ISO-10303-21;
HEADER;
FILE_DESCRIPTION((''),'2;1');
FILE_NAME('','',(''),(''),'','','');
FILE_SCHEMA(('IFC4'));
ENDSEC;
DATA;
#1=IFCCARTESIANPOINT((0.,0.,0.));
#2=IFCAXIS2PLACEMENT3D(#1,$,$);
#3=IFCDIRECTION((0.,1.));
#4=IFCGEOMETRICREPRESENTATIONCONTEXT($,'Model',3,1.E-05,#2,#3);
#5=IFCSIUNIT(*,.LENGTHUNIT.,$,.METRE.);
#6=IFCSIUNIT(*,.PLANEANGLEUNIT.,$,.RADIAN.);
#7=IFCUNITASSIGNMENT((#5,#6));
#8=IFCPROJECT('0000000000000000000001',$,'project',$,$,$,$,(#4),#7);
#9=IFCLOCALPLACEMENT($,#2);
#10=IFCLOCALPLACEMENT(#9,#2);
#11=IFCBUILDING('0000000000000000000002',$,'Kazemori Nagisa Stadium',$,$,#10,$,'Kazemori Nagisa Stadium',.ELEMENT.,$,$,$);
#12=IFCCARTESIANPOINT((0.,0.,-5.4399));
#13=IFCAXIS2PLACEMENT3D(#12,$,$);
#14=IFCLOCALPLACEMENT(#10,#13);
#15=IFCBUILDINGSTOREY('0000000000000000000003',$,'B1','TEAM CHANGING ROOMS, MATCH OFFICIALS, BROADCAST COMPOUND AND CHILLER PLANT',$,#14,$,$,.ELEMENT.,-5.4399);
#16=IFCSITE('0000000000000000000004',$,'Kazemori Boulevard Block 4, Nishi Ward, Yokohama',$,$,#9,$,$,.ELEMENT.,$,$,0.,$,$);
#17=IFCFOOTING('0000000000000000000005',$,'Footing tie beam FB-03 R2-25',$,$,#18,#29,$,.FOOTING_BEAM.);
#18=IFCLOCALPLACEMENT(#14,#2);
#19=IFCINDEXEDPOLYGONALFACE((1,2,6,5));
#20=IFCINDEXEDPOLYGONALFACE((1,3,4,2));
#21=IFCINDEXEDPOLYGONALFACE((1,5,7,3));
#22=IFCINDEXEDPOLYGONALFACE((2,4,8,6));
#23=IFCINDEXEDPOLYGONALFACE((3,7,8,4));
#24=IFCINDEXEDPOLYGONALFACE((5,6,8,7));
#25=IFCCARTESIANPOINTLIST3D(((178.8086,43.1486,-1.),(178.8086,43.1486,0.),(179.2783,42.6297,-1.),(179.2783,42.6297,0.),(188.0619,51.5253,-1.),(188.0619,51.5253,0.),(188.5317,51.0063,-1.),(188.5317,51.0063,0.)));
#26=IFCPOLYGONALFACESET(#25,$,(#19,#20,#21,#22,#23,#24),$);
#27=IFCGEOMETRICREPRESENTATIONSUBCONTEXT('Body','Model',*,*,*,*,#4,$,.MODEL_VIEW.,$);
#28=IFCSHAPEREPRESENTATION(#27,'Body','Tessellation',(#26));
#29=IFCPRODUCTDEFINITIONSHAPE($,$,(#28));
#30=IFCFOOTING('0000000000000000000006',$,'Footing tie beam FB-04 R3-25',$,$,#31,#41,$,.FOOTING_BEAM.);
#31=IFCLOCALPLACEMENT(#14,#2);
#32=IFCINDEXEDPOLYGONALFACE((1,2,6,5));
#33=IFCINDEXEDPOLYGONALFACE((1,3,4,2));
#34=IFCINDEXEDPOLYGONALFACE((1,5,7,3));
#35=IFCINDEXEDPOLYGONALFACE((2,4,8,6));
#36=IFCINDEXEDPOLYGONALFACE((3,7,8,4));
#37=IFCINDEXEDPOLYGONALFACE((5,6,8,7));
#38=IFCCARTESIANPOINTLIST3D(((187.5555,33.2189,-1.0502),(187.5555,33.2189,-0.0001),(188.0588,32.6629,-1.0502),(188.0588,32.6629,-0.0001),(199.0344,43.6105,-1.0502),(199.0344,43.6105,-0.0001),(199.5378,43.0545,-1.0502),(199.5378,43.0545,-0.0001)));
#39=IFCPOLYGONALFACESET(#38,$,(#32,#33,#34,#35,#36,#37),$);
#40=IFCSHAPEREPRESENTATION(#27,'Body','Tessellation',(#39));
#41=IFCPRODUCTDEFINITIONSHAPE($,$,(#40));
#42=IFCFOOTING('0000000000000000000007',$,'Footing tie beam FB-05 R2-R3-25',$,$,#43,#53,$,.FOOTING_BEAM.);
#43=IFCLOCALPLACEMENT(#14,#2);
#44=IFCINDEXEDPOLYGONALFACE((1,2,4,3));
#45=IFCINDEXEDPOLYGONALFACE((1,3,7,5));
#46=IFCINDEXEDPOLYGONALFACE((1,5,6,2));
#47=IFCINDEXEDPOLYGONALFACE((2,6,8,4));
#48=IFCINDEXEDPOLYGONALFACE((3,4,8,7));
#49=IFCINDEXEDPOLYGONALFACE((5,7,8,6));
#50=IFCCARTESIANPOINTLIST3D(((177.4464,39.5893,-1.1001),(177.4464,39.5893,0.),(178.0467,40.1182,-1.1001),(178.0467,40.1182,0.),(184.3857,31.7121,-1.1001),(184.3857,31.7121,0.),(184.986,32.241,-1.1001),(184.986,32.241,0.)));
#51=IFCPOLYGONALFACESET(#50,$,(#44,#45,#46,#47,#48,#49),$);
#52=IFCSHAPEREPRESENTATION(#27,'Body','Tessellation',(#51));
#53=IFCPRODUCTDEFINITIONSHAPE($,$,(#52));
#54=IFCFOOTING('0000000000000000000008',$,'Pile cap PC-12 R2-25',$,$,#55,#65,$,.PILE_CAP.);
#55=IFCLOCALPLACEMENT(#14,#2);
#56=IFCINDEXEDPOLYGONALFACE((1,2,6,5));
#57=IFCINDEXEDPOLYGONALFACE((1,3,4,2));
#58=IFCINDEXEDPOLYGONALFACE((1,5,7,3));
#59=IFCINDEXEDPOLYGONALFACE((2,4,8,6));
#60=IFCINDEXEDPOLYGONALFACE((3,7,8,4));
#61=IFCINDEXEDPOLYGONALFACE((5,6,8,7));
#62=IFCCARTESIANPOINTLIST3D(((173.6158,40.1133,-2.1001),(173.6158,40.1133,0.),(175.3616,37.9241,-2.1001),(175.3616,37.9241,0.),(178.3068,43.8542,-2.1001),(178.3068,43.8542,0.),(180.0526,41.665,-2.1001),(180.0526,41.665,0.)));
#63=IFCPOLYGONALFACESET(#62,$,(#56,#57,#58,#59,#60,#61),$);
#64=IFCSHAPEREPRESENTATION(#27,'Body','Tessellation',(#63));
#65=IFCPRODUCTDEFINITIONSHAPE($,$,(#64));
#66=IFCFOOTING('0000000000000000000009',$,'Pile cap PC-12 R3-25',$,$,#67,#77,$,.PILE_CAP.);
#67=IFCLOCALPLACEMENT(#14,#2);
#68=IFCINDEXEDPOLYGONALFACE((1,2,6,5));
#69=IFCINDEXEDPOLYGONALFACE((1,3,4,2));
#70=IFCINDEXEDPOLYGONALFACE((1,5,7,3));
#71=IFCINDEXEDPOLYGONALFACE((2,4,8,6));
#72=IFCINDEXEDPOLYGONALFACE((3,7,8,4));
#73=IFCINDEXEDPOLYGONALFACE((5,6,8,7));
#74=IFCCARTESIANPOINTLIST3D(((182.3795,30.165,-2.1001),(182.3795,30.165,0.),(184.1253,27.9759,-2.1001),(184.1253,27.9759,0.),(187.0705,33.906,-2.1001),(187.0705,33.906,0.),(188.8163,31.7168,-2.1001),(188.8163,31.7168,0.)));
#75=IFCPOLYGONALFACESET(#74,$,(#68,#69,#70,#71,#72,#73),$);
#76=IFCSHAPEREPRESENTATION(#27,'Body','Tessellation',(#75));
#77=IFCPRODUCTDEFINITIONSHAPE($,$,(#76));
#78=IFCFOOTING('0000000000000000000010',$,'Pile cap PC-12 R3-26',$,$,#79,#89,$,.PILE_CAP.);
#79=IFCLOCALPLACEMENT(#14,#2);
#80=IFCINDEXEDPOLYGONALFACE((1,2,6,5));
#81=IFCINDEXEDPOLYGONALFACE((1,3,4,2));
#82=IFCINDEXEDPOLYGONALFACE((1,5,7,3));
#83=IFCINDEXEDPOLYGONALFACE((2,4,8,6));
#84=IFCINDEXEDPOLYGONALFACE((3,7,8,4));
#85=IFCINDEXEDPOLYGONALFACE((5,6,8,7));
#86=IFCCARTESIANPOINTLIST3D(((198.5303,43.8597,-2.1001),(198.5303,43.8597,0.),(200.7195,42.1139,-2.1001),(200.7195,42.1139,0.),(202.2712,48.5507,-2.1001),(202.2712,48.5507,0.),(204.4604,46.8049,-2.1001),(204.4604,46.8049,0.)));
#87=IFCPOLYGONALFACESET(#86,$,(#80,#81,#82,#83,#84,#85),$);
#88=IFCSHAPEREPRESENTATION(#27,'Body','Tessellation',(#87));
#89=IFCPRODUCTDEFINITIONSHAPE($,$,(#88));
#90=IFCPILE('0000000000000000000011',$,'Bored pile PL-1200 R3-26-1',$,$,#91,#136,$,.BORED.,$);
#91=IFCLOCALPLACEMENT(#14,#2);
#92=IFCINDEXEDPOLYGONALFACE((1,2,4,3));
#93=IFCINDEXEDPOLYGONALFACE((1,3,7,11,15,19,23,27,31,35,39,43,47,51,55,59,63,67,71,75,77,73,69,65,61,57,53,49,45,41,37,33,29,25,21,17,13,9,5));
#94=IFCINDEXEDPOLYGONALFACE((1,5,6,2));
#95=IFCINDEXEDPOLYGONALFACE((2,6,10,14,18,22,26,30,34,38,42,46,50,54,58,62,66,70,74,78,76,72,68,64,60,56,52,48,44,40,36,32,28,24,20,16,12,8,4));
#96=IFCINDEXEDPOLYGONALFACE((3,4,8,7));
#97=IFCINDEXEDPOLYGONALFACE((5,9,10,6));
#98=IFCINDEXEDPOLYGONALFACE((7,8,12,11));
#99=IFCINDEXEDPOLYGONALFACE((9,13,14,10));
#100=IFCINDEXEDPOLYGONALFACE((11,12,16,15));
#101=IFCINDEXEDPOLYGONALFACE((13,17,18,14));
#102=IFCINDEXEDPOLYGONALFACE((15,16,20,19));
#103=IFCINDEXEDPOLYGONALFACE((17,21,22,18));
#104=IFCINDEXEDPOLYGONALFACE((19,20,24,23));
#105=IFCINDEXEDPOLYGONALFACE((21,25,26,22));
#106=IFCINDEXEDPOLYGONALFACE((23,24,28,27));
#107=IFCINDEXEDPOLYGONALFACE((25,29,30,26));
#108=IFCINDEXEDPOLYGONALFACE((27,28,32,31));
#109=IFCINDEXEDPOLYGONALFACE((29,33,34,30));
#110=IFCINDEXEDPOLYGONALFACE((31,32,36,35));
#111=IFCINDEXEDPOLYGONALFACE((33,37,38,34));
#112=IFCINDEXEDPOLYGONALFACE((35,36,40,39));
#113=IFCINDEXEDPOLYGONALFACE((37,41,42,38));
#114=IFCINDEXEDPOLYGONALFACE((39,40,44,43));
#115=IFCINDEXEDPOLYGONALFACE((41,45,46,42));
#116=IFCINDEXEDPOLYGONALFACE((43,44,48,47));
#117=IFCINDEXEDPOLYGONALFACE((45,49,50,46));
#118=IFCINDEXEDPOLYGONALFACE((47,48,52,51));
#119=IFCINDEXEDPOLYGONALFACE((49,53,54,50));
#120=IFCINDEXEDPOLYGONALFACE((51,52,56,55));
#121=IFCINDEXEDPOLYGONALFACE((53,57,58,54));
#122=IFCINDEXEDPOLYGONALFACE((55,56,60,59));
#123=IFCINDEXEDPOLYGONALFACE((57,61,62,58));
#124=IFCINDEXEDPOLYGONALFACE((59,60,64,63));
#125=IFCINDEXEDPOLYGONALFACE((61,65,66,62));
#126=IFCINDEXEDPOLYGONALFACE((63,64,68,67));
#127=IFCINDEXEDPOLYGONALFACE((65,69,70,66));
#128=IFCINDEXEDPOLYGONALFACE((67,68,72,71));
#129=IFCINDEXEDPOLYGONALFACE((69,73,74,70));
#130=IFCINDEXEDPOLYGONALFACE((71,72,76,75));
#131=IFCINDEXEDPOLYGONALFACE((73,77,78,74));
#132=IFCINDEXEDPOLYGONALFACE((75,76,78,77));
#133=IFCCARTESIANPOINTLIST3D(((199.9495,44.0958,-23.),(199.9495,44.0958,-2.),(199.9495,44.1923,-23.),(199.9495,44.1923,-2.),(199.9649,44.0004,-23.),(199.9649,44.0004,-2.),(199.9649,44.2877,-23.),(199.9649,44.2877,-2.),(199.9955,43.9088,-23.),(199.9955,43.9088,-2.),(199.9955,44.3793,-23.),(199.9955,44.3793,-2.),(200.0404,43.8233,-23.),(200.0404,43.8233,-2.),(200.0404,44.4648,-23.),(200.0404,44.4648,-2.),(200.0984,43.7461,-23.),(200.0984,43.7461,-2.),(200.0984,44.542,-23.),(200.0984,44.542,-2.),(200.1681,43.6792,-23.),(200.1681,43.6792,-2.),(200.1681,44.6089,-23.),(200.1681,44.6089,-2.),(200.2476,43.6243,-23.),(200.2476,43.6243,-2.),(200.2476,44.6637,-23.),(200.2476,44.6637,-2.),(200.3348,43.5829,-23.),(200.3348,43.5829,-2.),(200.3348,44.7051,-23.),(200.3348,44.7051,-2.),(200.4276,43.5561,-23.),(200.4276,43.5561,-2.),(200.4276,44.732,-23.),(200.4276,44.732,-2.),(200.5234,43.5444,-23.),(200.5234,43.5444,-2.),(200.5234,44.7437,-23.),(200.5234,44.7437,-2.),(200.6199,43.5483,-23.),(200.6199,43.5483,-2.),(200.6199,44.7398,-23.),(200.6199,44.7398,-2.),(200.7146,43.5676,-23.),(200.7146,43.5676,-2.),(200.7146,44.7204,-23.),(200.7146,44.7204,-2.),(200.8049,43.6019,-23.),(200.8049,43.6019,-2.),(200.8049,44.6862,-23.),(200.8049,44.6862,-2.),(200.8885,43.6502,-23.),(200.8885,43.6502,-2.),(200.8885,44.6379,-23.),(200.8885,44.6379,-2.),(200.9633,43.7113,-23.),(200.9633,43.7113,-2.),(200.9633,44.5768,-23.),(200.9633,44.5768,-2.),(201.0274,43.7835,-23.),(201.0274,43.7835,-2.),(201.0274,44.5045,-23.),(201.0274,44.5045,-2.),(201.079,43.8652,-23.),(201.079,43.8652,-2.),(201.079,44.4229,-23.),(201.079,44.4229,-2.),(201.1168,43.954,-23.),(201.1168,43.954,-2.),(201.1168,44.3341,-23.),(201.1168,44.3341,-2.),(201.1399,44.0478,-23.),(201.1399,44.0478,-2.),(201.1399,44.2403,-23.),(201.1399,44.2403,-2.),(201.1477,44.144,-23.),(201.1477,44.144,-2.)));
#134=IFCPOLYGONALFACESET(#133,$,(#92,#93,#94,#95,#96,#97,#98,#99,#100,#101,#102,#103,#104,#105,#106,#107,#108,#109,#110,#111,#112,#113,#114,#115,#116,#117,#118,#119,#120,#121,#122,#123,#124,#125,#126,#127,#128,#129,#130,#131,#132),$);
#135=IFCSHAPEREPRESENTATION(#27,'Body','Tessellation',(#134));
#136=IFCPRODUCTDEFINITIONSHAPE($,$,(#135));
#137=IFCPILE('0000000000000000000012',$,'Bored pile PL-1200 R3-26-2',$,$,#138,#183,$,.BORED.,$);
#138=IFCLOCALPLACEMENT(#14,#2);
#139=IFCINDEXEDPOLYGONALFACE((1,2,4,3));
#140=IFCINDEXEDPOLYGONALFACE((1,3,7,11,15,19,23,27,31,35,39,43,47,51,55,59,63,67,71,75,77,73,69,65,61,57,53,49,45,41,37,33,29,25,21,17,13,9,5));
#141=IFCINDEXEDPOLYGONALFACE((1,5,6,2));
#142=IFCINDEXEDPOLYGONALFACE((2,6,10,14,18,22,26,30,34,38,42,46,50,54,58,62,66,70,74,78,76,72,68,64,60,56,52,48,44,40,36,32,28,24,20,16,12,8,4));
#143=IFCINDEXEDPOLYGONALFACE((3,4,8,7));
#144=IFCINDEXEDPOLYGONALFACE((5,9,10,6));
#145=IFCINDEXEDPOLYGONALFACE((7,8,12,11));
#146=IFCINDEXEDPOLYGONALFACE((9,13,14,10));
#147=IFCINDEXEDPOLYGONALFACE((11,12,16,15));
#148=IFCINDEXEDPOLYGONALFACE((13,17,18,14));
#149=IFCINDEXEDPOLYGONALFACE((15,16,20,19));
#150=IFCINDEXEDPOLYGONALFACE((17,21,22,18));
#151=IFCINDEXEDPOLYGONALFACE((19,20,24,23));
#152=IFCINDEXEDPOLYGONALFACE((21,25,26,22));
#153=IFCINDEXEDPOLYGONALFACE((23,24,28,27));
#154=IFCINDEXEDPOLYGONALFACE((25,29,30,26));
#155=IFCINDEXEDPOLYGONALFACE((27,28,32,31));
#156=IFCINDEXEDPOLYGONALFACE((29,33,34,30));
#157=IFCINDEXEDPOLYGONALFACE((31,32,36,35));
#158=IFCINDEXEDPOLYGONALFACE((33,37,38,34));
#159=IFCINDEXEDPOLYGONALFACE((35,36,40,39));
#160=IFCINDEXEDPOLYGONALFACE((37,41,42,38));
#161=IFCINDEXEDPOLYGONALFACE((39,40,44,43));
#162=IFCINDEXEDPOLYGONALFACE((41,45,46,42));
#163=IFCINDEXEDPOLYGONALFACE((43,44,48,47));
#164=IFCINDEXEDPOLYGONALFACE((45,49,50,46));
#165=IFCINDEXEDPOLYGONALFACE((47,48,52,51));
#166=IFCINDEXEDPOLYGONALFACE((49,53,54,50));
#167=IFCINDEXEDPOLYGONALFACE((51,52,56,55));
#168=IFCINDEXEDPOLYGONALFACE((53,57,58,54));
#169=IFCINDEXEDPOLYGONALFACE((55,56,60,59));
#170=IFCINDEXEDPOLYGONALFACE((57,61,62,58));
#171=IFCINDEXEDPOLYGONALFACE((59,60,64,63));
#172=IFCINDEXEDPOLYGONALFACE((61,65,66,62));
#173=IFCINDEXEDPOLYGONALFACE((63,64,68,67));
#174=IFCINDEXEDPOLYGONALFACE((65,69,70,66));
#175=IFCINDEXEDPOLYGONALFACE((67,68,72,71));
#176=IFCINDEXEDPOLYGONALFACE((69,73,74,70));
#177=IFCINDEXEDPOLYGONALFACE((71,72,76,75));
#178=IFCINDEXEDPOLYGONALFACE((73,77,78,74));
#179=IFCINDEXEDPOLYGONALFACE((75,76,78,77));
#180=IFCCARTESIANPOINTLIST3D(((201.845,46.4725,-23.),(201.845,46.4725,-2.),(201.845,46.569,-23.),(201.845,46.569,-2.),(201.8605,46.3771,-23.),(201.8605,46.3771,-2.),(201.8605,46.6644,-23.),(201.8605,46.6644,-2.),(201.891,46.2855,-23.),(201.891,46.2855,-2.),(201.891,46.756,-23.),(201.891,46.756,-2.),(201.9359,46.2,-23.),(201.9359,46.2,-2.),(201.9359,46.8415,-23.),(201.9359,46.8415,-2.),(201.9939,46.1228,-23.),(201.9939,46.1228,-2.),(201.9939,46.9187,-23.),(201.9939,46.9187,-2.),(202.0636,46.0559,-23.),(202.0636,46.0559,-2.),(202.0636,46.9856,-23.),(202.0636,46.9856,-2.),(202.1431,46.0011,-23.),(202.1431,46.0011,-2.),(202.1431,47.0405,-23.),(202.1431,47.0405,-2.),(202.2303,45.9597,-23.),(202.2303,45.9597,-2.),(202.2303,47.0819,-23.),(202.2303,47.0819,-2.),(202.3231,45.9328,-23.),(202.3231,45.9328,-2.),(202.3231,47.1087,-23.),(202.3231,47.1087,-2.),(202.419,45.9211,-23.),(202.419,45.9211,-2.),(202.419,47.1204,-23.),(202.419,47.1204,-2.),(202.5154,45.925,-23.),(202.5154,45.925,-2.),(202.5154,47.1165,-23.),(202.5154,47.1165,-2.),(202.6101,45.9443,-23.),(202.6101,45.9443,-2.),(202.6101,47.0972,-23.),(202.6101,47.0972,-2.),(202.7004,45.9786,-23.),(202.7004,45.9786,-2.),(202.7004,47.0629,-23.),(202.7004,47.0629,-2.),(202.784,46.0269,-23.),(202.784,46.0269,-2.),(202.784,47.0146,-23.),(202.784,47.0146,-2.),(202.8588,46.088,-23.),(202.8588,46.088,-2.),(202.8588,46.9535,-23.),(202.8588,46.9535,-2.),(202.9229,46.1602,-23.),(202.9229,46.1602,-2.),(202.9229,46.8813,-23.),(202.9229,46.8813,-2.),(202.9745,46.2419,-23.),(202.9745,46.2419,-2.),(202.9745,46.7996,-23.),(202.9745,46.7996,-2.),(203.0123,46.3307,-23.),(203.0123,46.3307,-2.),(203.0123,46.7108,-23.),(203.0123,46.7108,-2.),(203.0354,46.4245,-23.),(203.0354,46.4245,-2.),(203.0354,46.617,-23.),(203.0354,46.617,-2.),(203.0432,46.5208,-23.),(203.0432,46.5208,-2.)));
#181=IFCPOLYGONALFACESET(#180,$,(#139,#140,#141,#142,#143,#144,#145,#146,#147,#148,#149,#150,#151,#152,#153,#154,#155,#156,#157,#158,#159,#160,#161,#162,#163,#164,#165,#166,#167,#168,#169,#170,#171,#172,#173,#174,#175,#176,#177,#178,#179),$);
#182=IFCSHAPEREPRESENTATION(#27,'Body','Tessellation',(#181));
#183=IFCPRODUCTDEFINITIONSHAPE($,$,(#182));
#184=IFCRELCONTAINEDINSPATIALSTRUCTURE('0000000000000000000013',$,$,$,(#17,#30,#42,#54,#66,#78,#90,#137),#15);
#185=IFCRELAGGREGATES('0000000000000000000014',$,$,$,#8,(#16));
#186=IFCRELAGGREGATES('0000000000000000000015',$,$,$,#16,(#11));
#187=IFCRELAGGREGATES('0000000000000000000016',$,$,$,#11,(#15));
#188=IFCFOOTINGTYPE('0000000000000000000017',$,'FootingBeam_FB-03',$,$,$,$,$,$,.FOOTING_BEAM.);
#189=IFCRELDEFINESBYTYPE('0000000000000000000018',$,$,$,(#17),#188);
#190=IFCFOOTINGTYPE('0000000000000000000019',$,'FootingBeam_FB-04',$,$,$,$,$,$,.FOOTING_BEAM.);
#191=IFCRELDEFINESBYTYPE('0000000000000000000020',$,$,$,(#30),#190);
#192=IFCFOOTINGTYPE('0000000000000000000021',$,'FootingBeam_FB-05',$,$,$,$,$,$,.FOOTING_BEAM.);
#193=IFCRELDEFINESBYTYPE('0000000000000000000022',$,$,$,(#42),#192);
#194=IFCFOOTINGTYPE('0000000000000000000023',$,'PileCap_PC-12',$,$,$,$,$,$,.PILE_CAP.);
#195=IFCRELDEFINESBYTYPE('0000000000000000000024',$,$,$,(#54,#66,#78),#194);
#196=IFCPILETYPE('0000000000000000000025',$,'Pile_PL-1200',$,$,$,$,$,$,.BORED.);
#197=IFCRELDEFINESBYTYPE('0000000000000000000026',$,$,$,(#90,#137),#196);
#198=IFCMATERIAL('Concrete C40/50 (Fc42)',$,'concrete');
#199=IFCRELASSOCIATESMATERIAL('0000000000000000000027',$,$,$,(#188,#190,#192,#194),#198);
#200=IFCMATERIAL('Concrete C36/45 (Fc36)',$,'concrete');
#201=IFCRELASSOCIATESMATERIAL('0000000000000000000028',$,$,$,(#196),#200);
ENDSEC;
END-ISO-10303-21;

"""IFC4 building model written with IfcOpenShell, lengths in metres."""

from ifc_helpers import new_model, si_unit, direction, frame, origin, origin_2d, place, context, subcontext, project, spatial, rectangle, circle, extrude, material, material_profile, profile_set, type_object, element, save


model = new_model("IFC4")

# Units and contexts
model_context = context("Model", 3, precision=1e-05, world=origin(), true_north=direction((0.0, 1.0)))
body_context = subcontext(model_context, "Body", "Model", "MODEL_VIEW")
ifc_project = project(units=[si_unit("LENGTHUNIT", "METRE"), si_unit("PLANEANGLEUNIT", "RADIAN")], contexts=[model_context])

# Site, building, storey
site_placement = place(None, origin())
site = spatial("IfcSite", under=ifc_project, at=site_placement, Name="Kazemori Boulevard Block 4, Nishi Ward, Yokohama", CompositionType="ELEMENT", RefElevation=0.0)
building_placement = place(site_placement, origin())
building = spatial("IfcBuilding", under=site, at=building_placement, Name="Kazemori Nagisa Stadium", LongName="Kazemori Nagisa Stadium", CompositionType="ELEMENT")
storey_placement = place(building_placement, frame((0.0, 0.0, -5.4399)))
storey = spatial("IfcBuildingStorey", under=building, at=storey_placement, Name="B1", Description="TEAM CHANGING ROOMS, MATCH OFFICIALS, BROADCAST COMPOUND AND CHILLER PLANT", CompositionType="ELEMENT", Elevation=-5.4399)

# Footings
ifc_material_1 = material(Name="Concrete C40/50 (Fc42)", Category="concrete")
ifc_material_profile_1 = material_profile(ifc_material_1, rectangle(XDim=0.7, YDim=1.0, at=origin_2d()), Name="RC-FB-700x1000")
ifc_profile_set_1 = profile_set([ifc_material_profile_1], Name="Concrete C40/50 (Fc42)")
footing_type_1 = type_object("IfcFootingType", Name="FootingBeam_FB-03", PredefinedType="FOOTING_BEAM", material=ifc_profile_set_1)
footing_1_placement = place(storey_placement, frame((179.0435, 42.8892, -0.5), z_axis=(0.741354, 0.671115, 0.0), x_axis=(-0.671115, 0.741354, 0.0)))
element("IfcFooting", 1, at=footing_1_placement, inside=storey, type_object=footing_type_1, Name="Footing tie beam FB-03 R2-25", PredefinedType="FOOTING_BEAM", context=body_context, shape_type="SweptSolid", body=[
    extrude(rectangle(XDim=0.7, YDim=1.0, at=origin_2d()), origin(), (0.0, 0.0, 1.0), 12.4817),
])
ifc_material_profile_2 = material_profile(ifc_material_1, rectangle(XDim=0.75, YDim=1.05, at=origin_2d()), Name="RC-FB-750x1050")
ifc_profile_set_2 = profile_set([ifc_material_profile_2], Name="Concrete C40/50 (Fc42)")
footing_type_2 = type_object("IfcFootingType", Name="FootingBeam_FB-04", PredefinedType="FOOTING_BEAM", material=ifc_profile_set_2)
footing_2_placement = place(storey_placement, frame((187.8071, 32.9409, -0.5251), z_axis=(0.741348, 0.671121, 0.0), x_axis=(-0.671121, 0.741348, 0.0)))
element("IfcFooting", 2, at=footing_2_placement, inside=storey, type_object=footing_type_2, Name="Footing tie beam FB-04 R3-25", PredefinedType="FOOTING_BEAM", context=body_context, shape_type="SweptSolid", body=[
    extrude(rectangle(XDim=0.75, YDim=1.05, at=origin_2d()), origin(), (0.0, 0.0, 1.0), 15.4839),
])
ifc_material_profile_3 = material_profile(ifc_material_1, rectangle(XDim=0.8, YDim=1.1001, at=origin_2d()), Name="RC-FB-800x1100")
ifc_profile_set_3 = profile_set([ifc_material_profile_3], Name="Concrete C40/50 (Fc42)")
footing_type_3 = type_object("IfcFootingType", Name="FootingBeam_FB-05", PredefinedType="FOOTING_BEAM", material=ifc_profile_set_3)
footing_3_placement = place(storey_placement, frame((177.7466, 39.8538, -0.55), z_axis=(0.661018, -0.75037, 0.0), x_axis=(0.75037, 0.661018, 0.0)))
element("IfcFooting", 3, at=footing_3_placement, inside=storey, type_object=footing_type_3, Name="Footing tie beam FB-05 R2-R3-25", PredefinedType="FOOTING_BEAM", context=body_context, shape_type="SweptSolid", body=[
    extrude(rectangle(XDim=0.8, YDim=1.1001, at=origin_2d()), origin(), (0.0, 0.0, 1.0), 10.4978),
])
footing_type_4 = type_object("IfcFootingType", Name="PileCap_PC-12", PredefinedType="PILE_CAP", material=ifc_material_1)
for number, where, z_axis, x_axis, name in (
    (4, (176.8342, 40.8892, -2.1001), (0.0, 0.0, 1.0), (0.781831, 0.62349, 0.0), "Pile cap PC-12 R2-25"),
    (5, (185.5979, 30.9409, -2.1001), (0.0, 0.0, 1.0), (0.781831, 0.62349, 0.0), "Pile cap PC-12 R3-25"),
    (6, (201.4954, 45.3323, -2.1001), (0.0, 0.0, 1.0), (0.62349, 0.781831, 0.0), "Pile cap PC-12 R3-26"),
):
    element("IfcFooting", number, at=place(storey_placement, frame(where, z_axis=z_axis, x_axis=x_axis)), inside=storey, type_object=footing_type_4, Name=name, PredefinedType="PILE_CAP", context=body_context, shape_type="SweptSolid", body=[
        extrude(rectangle(XDim=6.0, YDim=2.8, at=origin_2d()), origin(), (0.0, 0.0, 1.0), 2.1001),
    ])

# Piles
ifc_material_2 = material(Name="Concrete C36/45 (Fc36)", Category="concrete")
ifc_material_profile_4 = material_profile(ifc_material_2, circle(Radius=0.6001, at=origin_2d()), Name="PILE-D1200")
ifc_profile_set_4 = profile_set([ifc_material_profile_4], Name="Concrete C36/45 (Fc36)")
pile_type_1 = type_object("IfcPileType", Name="Pile_PL-1200", PredefinedType="BORED", material=ifc_profile_set_4)
for number, where, z_axis, x_axis, name in (
    (7, (200.5476, 44.144, -2.0), (0.0, 0.0, -1.0), (1.0, 0.0, 0.0), "Bored pile PL-1200 R3-26-1"),
    (8, (202.4431, 46.5208, -2.0), (0.0, 0.0, -1.0), (1.0, 0.0, 0.0), "Bored pile PL-1200 R3-26-2"),
):
    element("IfcPile", number, at=place(storey_placement, frame(where, z_axis=z_axis, x_axis=x_axis)), inside=storey, type_object=pile_type_1, Name=name, PredefinedType="BORED", context=body_context, shape_type="SweptSolid", body=[
        extrude(circle(Radius=0.6001, at=origin_2d()), origin(), (0.0, 0.0, 1.0), 21.0),
    ])

save(model, "model.ifc")
